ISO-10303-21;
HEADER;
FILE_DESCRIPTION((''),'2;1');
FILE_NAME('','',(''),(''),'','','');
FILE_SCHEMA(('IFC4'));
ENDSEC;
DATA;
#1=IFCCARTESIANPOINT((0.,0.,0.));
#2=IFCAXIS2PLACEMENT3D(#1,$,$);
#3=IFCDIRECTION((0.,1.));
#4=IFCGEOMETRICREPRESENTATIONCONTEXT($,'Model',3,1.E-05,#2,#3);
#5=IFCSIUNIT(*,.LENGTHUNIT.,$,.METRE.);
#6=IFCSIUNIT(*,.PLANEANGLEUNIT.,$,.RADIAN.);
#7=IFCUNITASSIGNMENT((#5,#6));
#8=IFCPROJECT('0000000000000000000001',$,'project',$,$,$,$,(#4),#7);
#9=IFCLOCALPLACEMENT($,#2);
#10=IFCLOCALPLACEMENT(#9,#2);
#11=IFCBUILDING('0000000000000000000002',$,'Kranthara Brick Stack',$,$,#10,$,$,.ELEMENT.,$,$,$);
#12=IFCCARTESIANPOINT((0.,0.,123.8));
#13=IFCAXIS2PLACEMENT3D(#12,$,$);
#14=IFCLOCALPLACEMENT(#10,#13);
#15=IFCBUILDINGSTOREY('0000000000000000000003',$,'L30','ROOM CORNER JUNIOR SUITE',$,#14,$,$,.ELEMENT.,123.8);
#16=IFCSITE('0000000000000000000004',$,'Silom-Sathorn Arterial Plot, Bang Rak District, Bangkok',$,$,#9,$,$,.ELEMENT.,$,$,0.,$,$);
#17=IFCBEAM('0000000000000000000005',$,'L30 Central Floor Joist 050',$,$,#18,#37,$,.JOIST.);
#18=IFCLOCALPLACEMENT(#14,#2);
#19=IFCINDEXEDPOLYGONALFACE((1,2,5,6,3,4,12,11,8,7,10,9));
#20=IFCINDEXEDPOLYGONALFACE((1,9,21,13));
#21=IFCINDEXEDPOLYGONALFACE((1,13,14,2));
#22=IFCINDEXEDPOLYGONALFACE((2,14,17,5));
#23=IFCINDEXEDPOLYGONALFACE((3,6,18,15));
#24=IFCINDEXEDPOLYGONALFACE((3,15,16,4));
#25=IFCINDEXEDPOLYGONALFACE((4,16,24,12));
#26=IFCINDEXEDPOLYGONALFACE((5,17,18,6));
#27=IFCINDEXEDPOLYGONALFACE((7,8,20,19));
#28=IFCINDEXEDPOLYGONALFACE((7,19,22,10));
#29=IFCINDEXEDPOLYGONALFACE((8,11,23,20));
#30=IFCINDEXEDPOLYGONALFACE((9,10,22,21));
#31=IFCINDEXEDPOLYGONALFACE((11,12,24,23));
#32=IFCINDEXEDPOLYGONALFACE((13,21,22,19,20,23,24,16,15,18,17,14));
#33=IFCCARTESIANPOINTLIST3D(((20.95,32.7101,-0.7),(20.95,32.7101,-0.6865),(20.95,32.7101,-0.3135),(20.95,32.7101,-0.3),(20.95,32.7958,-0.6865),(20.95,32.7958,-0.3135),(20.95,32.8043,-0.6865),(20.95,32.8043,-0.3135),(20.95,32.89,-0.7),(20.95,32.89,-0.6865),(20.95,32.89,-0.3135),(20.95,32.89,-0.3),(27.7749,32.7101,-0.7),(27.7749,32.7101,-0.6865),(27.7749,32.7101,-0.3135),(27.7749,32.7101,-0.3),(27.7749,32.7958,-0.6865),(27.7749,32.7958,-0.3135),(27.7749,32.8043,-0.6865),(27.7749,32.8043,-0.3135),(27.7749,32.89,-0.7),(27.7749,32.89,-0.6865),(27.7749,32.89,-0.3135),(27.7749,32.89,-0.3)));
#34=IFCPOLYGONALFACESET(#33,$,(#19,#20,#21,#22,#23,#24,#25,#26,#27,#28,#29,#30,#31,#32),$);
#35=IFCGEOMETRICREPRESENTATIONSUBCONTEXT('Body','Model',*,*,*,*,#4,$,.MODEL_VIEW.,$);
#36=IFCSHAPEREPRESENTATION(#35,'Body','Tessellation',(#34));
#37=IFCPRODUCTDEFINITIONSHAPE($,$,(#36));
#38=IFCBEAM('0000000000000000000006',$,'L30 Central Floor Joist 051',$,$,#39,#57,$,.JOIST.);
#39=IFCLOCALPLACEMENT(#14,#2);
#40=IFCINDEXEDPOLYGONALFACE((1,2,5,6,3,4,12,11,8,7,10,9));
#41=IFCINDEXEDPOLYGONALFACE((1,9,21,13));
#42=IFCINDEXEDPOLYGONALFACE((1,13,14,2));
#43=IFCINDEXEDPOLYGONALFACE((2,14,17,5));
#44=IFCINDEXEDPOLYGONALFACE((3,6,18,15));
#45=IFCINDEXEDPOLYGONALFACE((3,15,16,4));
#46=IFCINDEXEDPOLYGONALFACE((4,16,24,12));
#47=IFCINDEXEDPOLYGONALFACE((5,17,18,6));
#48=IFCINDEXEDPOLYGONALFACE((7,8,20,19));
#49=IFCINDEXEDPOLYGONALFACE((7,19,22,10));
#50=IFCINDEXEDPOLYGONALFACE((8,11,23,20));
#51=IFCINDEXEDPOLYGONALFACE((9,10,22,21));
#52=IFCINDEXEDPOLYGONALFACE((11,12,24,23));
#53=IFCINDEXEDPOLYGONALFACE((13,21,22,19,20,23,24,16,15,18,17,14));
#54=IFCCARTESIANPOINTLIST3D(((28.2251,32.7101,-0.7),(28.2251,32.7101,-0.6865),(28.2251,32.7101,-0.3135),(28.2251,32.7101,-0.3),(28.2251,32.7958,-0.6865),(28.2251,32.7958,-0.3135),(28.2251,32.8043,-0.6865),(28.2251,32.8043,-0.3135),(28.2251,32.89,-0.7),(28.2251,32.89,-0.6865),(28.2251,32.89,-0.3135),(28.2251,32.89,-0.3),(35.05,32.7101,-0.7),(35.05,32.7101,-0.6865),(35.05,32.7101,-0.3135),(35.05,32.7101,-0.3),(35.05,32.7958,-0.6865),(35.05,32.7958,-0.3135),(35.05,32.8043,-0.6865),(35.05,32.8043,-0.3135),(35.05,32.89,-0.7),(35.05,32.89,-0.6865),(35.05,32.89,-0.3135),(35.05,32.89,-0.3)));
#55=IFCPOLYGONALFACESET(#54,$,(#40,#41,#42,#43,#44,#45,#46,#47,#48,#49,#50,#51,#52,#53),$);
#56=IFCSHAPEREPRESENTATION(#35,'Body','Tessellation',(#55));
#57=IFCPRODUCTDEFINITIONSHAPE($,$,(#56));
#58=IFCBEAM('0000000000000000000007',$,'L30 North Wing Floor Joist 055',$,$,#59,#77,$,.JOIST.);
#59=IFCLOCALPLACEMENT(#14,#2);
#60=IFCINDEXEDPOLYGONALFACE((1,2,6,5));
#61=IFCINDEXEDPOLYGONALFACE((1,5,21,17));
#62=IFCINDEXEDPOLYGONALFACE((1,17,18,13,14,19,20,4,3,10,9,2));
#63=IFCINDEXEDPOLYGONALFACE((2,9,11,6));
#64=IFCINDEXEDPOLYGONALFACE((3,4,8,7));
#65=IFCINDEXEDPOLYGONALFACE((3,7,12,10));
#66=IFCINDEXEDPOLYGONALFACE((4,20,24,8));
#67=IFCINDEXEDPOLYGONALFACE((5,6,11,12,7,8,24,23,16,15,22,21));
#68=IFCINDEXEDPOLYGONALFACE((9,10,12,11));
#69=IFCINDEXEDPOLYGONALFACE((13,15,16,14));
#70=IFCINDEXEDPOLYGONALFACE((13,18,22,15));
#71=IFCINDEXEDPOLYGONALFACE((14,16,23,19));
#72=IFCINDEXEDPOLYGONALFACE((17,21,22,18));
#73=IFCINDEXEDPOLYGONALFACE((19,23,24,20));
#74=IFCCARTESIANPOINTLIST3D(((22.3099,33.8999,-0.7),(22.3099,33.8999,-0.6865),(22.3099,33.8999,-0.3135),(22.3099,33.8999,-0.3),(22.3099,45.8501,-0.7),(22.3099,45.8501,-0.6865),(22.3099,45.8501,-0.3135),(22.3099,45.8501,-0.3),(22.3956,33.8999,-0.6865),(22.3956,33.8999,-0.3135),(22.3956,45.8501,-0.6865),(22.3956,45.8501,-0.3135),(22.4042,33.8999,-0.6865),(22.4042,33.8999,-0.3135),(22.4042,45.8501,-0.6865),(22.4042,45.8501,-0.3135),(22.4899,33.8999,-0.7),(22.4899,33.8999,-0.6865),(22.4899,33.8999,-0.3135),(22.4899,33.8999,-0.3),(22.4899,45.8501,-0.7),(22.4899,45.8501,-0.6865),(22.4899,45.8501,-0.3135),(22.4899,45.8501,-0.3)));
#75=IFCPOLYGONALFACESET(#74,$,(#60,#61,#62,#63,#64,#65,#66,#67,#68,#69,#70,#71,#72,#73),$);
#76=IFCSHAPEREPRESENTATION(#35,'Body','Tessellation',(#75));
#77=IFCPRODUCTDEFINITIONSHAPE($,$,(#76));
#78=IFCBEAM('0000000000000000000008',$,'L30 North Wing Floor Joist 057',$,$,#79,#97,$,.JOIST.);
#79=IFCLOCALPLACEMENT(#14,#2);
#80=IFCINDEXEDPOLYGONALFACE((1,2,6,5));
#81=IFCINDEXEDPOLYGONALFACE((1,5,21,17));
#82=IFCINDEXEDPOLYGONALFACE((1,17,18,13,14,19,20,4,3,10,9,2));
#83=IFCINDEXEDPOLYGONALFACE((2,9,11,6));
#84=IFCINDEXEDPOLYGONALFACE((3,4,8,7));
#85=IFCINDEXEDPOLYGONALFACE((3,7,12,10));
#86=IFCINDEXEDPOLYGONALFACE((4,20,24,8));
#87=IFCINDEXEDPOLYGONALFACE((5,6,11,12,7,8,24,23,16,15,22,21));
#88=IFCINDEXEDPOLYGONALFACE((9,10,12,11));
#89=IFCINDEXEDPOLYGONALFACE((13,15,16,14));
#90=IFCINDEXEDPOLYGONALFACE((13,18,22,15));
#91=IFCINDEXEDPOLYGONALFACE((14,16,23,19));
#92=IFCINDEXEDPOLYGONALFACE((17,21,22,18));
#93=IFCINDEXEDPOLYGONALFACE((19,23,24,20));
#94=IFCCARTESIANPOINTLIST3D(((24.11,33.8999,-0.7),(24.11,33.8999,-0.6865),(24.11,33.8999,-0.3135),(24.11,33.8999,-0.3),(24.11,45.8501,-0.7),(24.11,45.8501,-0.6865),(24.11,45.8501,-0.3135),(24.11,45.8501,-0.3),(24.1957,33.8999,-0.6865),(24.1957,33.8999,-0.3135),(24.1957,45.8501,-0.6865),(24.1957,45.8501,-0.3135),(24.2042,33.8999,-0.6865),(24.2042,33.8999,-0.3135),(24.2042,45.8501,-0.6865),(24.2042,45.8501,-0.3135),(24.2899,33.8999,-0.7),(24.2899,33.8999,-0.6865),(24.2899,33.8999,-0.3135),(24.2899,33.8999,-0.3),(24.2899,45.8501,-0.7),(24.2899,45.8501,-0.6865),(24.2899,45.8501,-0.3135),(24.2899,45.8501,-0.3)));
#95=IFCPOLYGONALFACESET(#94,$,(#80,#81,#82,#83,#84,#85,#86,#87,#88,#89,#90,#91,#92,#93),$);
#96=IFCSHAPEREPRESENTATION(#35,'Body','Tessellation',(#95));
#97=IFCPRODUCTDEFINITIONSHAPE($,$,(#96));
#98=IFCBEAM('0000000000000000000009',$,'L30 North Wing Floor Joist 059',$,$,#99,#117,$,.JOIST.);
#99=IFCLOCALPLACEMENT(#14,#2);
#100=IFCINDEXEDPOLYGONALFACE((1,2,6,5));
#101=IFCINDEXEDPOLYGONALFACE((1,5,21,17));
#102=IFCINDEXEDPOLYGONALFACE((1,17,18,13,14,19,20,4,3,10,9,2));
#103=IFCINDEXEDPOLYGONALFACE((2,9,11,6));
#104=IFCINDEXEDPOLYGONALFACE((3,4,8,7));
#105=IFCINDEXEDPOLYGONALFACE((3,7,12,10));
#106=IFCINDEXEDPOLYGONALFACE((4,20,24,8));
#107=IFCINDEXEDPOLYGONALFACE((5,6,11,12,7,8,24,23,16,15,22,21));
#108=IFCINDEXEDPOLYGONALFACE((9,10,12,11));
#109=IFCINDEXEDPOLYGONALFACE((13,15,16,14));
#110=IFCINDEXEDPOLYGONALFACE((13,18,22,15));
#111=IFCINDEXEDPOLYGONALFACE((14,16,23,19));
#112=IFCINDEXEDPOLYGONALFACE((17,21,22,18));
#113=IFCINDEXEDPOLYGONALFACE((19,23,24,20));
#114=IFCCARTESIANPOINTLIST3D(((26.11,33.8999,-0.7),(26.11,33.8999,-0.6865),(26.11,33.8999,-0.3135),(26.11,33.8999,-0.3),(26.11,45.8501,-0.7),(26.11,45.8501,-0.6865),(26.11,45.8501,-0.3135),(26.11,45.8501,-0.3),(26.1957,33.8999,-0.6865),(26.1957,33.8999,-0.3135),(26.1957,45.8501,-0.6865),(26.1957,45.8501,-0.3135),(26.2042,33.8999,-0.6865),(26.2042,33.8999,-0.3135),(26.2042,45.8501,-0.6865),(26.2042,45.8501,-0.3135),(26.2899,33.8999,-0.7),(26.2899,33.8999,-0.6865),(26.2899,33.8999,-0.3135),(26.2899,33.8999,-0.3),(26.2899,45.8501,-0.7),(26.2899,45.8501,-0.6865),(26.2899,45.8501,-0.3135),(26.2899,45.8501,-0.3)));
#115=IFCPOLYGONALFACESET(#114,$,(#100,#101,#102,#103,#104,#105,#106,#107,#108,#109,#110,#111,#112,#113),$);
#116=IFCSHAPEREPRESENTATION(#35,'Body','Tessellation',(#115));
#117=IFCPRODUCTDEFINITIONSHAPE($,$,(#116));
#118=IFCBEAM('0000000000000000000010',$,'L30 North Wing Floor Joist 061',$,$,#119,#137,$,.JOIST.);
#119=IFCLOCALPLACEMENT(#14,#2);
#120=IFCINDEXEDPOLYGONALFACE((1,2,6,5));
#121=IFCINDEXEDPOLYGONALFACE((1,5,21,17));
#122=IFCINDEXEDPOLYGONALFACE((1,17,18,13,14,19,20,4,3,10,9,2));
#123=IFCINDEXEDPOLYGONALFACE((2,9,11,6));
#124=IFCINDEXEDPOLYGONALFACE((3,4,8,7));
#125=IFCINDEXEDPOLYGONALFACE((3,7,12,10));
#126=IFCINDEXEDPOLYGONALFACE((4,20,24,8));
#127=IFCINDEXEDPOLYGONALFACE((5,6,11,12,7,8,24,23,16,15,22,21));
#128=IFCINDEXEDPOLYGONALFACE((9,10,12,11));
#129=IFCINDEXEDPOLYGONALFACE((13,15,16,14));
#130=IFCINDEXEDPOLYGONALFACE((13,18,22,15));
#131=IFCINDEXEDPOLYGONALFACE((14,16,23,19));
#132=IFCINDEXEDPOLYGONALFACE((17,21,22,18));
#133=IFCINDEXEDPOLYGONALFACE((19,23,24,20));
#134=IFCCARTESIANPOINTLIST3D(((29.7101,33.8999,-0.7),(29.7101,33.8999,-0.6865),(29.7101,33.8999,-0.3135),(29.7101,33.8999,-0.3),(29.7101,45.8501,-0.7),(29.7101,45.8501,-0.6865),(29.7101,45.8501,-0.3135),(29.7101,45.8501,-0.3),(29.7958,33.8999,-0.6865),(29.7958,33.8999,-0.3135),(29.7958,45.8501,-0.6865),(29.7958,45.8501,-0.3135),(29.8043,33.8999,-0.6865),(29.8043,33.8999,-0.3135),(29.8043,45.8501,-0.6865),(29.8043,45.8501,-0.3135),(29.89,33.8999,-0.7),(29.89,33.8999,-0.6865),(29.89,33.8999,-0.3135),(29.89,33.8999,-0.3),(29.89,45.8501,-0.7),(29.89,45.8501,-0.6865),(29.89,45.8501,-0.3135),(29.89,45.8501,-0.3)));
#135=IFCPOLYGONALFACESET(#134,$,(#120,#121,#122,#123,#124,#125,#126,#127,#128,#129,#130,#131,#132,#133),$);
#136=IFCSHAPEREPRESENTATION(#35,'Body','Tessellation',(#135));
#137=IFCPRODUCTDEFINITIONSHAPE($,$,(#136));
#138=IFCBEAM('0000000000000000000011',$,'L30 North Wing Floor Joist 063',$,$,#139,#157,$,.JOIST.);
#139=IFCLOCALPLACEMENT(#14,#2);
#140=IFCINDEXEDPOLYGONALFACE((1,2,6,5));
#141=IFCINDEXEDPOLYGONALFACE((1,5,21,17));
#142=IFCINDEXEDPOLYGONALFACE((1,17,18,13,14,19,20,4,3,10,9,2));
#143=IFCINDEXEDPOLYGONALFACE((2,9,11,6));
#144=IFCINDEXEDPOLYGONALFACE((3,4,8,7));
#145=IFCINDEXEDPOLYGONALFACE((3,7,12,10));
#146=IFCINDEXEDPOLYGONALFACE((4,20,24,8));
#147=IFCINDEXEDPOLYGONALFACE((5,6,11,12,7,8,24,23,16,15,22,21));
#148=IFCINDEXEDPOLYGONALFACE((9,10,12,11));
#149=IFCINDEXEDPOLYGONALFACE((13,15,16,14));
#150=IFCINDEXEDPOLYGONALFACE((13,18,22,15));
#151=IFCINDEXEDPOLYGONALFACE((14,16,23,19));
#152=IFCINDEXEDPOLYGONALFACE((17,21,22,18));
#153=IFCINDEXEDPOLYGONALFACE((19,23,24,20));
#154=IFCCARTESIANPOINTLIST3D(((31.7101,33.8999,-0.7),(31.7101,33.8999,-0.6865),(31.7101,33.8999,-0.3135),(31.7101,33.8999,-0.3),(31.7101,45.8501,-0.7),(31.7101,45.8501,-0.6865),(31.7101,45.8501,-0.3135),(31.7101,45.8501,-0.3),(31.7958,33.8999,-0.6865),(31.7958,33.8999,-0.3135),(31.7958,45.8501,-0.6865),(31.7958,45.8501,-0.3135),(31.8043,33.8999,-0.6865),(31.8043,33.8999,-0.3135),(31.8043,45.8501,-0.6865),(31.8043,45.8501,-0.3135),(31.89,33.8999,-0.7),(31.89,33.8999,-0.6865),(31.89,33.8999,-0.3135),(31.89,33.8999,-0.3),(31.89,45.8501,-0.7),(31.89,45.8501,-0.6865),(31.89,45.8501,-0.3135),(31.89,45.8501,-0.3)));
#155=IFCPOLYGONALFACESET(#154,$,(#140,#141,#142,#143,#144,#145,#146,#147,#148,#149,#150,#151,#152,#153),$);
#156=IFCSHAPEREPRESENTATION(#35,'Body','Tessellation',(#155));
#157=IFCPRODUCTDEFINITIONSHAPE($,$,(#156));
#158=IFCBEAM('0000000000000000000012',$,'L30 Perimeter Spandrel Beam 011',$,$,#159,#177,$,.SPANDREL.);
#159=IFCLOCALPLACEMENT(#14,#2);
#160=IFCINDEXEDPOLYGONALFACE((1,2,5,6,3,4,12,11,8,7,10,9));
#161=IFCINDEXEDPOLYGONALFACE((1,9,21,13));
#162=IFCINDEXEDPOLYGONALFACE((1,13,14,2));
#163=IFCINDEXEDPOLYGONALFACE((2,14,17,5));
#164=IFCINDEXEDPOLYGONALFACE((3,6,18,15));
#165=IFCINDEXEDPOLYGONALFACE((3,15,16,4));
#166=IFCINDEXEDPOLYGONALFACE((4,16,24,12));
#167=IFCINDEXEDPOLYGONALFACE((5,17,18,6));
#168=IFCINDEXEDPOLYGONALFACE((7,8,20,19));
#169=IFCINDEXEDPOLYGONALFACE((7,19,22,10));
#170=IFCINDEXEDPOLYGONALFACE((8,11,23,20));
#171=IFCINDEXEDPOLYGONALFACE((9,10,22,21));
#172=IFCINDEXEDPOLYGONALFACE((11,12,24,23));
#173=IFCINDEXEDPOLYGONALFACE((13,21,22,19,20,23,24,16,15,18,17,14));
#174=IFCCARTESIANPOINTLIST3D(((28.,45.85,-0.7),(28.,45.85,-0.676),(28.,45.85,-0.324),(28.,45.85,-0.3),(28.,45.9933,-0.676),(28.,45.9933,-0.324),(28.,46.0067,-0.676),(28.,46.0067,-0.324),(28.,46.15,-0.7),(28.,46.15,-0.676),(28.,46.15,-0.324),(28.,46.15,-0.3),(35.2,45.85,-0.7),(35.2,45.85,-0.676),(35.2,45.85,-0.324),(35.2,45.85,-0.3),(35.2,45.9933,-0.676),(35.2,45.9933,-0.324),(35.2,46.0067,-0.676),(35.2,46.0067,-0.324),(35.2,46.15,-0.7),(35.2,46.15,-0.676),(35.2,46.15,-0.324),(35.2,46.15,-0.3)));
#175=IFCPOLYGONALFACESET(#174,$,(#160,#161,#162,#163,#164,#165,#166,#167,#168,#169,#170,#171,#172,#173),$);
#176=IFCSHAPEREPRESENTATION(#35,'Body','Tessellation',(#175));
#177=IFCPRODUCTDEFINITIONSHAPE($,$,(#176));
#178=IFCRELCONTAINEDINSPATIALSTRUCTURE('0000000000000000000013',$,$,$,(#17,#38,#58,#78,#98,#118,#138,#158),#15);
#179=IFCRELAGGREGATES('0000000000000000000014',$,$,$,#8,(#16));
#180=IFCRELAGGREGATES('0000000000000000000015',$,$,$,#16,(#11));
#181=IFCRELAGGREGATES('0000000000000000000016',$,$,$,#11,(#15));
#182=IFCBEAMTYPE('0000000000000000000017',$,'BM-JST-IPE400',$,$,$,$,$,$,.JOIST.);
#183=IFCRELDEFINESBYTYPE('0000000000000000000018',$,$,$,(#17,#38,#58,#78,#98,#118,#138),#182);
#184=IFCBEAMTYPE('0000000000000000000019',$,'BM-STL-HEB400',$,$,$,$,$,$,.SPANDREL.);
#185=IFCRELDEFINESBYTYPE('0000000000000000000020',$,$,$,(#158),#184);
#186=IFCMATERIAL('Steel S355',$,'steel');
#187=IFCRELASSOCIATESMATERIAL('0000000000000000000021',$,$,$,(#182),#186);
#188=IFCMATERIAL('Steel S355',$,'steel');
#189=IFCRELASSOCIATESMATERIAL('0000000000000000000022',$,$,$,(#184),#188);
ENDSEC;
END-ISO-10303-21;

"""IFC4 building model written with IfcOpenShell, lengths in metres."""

from ifc_helpers import new_model, si_unit, direction, frame, origin, origin_2d, place, context, subcontext, project, spatial, i_section, extrude, material, material_profile, profile_set, type_object, element, save


model = new_model("IFC4")

# Units and contexts
model_context = context("Model", 3, precision=1e-05, world=origin(), true_north=direction((0.0, 1.0)))
body_context = subcontext(model_context, "Body", "Model", "MODEL_VIEW")
ifc_project = project(units=[si_unit("LENGTHUNIT", "METRE"), si_unit("PLANEANGLEUNIT", "RADIAN")], contexts=[model_context])

# Site, building, storey
site_placement = place(None, origin())
site = spatial("IfcSite", under=ifc_project, at=site_placement, Name="Silom-Sathorn Arterial Plot, Bang Rak District, Bangkok", CompositionType="ELEMENT", RefElevation=0.0)
building_placement = place(site_placement, origin())
building = spatial("IfcBuilding", under=site, at=building_placement, Name="Kranthara Brick Stack", CompositionType="ELEMENT")
storey_placement = place(building_placement, frame((0.0, 0.0, 123.8)))
storey = spatial("IfcBuildingStorey", under=building, at=storey_placement, Name="L30", Description="ROOM CORNER JUNIOR SUITE", CompositionType="ELEMENT", Elevation=123.8)

# Beams
ifc_material_1 = material(Name="Steel S355", Category="steel")
ifc_material_profile_1 = material_profile(ifc_material_1, i_section(OverallWidth=0.1799, OverallDepth=0.3999, WebThickness=0.0085, FlangeThickness=0.0134, at=origin_2d()), Name="IPE 400")
ifc_profile_set_1 = profile_set([ifc_material_profile_1], Name="Steel S355")
beam_type_1 = type_object("IfcBeamType", Name="BM-JST-IPE400", PredefinedType="JOIST", material=ifc_profile_set_1)
for number, where, z_axis, x_axis, name in (
    (1, (20.95, 32.8, -0.5), (1.0, 0.0, 0.0), (0.0, 1.0, 0.0), "L30 Central Floor Joist 050"),
    (2, (28.2251, 32.8, -0.5), (1.0, 0.0, 0.0), (0.0, 1.0, 0.0), "L30 Central Floor Joist 051"),
):
    element("IfcBeam", number, at=place(storey_placement, frame(where, z_axis=z_axis, x_axis=x_axis)), inside=storey, type_object=beam_type_1, Name=name, PredefinedType="JOIST", context=body_context, shape_type="SweptSolid", body=[
        extrude(i_section(OverallWidth=0.1799, OverallDepth=0.3999, WebThickness=0.0085, FlangeThickness=0.0134, at=origin_2d()), origin(), (0.0, 0.0, 1.0), 6.825),
    ])
for number, where, z_axis, x_axis, name in (
    (3, (22.3999, 33.8999, -0.5), (0.0, 1.0, 0.0), (-1.0, 0.0, 0.0), "L30 North Wing Floor Joist 055"),
    (4, (24.2, 33.8999, -0.5), (0.0, 1.0, 0.0), (-1.0, 0.0, 0.0), "L30 North Wing Floor Joist 057"),
    (5, (26.2, 33.8999, -0.5), (0.0, 1.0, 0.0), (-1.0, 0.0, 0.0), "L30 North Wing Floor Joist 059"),
    (6, (29.8, 33.8999, -0.5), (0.0, 1.0, 0.0), (-1.0, 0.0, 0.0), "L30 North Wing Floor Joist 061"),
    (7, (31.8, 33.8999, -0.5), (0.0, 1.0, 0.0), (-1.0, 0.0, 0.0), "L30 North Wing Floor Joist 063"),
):
    element("IfcBeam", number, at=place(storey_placement, frame(where, z_axis=z_axis, x_axis=x_axis)), inside=storey, type_object=beam_type_1, Name=name, PredefinedType="JOIST", context=body_context, shape_type="SweptSolid", body=[
        extrude(i_section(OverallWidth=0.1799, OverallDepth=0.3999, WebThickness=0.0085, FlangeThickness=0.0134, at=origin_2d()), origin(), (0.0, 0.0, 1.0), 11.9502),
    ])
ifc_material_2 = material(Name="Steel S355", Category="steel")
ifc_material_profile_2 = material_profile(ifc_material_2, i_section(OverallWidth=0.3, OverallDepth=0.3999, WebThickness=0.0134, FlangeThickness=0.0239, at=origin_2d()), Name="HEB 400")
ifc_profile_set_2 = profile_set([ifc_material_profile_2], Name="Steel S355")
beam_type_2 = type_object("IfcBeamType", Name="BM-STL-HEB400", PredefinedType="SPANDREL", material=ifc_profile_set_2)
beam_1_placement = place(storey_placement, frame((28.0, 46.0, -0.5), z_axis=(1.0, 0.0, 0.0), x_axis=(0.0, 1.0, 0.0)))
element("IfcBeam", 8, at=beam_1_placement, inside=storey, type_object=beam_type_2, Name="L30 Perimeter Spandrel Beam 011", PredefinedType="SPANDREL", context=body_context, shape_type="SweptSolid", body=[
    extrude(i_section(OverallWidth=0.3, OverallDepth=0.3999, WebThickness=0.0134, FlangeThickness=0.0239, at=origin_2d()), origin(), (0.0, 0.0, 1.0), 7.2),
])

save(model, "model.ifc")
